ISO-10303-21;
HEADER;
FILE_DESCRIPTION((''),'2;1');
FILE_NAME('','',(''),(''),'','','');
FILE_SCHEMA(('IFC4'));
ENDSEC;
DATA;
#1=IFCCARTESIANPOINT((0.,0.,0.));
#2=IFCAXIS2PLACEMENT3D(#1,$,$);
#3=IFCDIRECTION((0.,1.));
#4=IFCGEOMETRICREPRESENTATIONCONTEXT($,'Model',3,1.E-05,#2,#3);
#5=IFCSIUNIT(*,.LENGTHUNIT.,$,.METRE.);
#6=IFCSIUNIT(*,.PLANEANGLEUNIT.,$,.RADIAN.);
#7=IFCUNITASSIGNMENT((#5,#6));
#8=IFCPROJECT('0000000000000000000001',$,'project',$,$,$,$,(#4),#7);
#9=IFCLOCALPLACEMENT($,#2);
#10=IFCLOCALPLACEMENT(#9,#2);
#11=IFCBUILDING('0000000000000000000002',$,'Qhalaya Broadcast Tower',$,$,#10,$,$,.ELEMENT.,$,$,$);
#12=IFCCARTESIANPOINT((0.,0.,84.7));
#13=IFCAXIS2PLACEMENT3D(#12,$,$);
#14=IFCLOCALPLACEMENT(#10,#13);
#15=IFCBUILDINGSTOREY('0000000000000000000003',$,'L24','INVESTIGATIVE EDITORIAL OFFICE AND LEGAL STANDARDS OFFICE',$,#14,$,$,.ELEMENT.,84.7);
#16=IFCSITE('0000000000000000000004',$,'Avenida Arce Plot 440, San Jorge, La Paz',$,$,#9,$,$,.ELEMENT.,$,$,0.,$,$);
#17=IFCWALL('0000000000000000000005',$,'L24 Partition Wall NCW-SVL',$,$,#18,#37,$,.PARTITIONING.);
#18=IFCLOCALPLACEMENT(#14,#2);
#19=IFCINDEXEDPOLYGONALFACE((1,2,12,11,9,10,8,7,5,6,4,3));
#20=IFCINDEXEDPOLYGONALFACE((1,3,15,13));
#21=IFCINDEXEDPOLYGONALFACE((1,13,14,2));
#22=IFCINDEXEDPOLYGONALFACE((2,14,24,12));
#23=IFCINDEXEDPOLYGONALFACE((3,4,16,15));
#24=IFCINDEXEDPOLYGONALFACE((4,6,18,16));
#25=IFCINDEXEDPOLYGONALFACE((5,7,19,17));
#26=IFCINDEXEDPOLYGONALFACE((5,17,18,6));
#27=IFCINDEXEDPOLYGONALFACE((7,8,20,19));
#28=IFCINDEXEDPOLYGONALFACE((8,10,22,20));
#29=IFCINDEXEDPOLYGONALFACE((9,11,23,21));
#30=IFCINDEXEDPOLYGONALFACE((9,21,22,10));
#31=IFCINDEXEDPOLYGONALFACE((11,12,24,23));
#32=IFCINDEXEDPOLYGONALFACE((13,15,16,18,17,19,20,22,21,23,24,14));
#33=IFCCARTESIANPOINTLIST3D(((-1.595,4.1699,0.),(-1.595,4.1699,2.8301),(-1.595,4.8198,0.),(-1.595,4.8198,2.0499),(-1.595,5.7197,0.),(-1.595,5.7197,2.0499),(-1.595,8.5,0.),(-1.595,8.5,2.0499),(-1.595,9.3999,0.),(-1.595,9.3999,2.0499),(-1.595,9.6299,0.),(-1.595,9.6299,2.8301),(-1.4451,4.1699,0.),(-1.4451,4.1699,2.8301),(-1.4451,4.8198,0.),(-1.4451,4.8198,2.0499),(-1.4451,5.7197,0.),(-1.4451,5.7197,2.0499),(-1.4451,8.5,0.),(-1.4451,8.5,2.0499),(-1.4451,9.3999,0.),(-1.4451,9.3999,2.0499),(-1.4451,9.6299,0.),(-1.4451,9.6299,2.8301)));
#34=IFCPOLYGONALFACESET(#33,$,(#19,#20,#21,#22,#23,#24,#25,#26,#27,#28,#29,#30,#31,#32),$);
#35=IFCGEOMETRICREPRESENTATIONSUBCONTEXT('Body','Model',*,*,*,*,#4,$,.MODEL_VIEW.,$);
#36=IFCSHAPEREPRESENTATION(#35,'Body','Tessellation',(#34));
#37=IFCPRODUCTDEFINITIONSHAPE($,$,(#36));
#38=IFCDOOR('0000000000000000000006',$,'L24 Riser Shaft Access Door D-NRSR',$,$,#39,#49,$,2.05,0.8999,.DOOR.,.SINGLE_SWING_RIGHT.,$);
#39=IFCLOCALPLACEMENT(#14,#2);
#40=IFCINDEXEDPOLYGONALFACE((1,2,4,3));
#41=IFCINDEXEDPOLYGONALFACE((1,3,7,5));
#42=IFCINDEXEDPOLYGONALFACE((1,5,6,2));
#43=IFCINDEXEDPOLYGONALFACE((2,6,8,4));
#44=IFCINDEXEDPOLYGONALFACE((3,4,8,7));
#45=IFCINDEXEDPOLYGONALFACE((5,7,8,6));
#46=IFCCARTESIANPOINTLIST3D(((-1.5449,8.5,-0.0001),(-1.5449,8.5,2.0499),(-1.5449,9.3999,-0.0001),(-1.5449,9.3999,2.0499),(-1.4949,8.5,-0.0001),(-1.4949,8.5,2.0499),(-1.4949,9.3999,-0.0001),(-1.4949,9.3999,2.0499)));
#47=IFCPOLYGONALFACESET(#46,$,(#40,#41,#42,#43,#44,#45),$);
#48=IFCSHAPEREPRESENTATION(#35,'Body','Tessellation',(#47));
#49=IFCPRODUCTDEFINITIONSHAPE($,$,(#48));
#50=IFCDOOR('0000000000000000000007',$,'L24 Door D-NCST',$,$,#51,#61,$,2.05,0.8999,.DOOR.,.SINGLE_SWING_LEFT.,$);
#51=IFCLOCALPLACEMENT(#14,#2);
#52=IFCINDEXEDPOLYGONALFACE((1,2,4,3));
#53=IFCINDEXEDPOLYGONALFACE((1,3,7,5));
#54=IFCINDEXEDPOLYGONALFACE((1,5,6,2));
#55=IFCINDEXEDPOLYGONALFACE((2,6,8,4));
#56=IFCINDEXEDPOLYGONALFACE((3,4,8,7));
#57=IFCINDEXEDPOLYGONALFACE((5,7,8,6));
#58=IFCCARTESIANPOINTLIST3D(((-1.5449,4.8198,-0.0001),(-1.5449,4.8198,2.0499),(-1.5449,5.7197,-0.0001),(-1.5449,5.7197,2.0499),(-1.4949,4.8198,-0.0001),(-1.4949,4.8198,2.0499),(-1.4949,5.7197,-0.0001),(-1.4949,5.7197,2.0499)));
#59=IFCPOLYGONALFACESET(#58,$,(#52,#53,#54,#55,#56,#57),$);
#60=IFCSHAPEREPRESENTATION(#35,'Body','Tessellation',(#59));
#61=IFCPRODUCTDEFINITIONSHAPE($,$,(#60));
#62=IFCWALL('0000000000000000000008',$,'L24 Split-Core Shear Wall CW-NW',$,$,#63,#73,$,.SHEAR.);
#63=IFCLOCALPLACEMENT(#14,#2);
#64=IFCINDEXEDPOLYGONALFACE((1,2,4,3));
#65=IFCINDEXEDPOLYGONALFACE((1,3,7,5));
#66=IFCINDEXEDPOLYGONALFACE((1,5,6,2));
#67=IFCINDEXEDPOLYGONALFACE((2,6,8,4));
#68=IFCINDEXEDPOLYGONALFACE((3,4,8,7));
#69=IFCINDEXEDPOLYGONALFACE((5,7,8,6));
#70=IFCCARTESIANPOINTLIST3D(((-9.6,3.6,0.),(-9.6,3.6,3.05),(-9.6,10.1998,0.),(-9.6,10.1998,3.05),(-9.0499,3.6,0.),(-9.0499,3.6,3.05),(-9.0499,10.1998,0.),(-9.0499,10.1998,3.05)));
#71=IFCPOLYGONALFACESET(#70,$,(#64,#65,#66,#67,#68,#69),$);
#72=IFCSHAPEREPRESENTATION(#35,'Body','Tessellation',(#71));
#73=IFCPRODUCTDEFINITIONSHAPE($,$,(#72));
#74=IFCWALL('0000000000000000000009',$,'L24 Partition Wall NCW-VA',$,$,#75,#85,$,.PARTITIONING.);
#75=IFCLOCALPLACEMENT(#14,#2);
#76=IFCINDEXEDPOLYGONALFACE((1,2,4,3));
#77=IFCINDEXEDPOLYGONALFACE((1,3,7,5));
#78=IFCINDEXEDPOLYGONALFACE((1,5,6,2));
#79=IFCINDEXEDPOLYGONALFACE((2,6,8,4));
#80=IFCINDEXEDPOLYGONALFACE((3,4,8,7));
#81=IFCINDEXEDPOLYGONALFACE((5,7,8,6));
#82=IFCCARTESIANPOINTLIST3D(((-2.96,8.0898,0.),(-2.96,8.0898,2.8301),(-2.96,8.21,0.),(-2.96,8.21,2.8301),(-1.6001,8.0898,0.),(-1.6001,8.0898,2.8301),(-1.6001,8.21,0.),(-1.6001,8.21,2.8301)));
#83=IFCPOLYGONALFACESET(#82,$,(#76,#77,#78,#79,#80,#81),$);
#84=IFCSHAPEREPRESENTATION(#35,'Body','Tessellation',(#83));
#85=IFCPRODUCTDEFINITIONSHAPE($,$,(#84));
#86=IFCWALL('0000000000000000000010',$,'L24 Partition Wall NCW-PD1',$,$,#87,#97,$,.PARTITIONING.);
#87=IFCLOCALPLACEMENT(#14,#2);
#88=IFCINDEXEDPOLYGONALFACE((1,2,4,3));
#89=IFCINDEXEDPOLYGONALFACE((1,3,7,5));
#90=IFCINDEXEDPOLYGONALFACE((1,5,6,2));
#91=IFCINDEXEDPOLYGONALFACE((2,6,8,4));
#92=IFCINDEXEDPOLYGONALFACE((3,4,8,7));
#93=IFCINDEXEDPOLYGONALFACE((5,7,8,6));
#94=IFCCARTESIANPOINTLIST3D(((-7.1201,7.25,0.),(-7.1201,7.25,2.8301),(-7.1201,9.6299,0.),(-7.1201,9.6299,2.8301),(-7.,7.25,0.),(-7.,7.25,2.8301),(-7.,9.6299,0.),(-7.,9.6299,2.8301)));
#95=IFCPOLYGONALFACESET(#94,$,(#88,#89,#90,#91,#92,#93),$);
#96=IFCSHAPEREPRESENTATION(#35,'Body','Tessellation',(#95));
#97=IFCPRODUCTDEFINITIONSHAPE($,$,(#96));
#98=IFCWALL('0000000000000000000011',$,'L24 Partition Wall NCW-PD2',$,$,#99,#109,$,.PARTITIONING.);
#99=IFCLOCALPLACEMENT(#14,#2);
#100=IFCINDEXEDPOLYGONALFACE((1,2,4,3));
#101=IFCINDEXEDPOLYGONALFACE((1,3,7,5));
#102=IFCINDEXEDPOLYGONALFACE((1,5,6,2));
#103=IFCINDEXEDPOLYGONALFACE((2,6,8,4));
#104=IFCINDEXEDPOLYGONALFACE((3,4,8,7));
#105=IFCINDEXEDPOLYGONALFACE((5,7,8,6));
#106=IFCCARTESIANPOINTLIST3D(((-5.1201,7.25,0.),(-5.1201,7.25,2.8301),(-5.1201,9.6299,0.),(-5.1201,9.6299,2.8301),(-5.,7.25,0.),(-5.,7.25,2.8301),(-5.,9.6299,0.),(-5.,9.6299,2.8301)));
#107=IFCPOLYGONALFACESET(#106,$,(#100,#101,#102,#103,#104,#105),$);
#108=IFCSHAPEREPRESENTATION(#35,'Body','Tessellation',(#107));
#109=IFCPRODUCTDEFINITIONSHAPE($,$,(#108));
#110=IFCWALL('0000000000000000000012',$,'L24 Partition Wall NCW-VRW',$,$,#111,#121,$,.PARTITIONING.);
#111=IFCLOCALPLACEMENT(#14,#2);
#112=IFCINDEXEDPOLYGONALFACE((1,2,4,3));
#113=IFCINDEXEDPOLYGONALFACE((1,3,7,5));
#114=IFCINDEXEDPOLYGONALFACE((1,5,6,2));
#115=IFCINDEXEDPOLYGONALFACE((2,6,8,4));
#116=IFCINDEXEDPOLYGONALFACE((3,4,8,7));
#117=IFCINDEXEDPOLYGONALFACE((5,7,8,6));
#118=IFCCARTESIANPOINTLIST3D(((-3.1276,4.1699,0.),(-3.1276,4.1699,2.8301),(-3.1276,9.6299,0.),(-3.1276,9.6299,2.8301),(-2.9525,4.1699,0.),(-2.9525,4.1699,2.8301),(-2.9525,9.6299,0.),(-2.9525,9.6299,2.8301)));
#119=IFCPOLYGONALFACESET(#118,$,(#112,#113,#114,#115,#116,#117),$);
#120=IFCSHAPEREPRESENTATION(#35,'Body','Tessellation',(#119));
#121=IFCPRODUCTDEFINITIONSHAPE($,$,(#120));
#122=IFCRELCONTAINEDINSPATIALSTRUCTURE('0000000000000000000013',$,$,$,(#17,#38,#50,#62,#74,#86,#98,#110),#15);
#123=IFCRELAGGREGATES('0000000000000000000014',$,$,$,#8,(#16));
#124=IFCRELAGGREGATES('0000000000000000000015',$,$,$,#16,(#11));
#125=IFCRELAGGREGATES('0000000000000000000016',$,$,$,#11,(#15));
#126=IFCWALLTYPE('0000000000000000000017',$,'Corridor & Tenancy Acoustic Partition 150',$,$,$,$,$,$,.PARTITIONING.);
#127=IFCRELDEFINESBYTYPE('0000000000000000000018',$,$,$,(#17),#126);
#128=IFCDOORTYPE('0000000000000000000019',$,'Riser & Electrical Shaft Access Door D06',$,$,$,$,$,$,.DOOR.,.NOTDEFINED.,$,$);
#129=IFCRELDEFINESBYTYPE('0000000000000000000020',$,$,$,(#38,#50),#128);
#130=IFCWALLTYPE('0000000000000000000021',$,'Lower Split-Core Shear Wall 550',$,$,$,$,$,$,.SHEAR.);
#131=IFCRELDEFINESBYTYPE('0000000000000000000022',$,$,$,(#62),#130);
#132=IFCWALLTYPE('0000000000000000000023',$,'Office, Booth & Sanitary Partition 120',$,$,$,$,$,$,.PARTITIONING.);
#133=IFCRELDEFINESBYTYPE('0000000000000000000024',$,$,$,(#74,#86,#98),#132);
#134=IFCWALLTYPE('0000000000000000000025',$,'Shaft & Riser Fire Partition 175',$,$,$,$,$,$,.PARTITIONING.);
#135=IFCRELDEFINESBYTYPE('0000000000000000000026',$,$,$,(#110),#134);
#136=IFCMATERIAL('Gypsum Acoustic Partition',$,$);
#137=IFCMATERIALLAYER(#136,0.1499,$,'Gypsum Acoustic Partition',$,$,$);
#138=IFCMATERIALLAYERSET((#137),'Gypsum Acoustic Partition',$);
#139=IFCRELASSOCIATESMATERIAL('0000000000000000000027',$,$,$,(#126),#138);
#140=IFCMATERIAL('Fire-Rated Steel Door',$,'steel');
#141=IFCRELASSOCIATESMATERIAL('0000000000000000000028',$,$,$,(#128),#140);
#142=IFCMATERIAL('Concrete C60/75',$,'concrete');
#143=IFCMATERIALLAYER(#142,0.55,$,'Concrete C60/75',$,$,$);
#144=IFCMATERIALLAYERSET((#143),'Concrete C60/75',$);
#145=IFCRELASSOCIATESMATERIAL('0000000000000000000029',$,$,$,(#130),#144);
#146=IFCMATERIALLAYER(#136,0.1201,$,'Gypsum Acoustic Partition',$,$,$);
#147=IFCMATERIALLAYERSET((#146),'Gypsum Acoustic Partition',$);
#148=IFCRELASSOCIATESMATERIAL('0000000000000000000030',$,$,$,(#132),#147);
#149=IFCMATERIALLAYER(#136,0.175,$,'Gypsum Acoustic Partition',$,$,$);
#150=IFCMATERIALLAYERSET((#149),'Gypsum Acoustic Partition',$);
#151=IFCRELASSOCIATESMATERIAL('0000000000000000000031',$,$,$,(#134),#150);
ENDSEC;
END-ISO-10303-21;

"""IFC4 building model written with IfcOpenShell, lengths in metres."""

from ifc_helpers import new_model, si_unit, direction, frame, frame_2d, origin, place, context, subcontext, project, spatial, rectangle, extrude, material, layer, layer_set, type_object, element, fill, save


model = new_model("IFC4")

# Units and contexts
model_context = context("Model", 3, precision=1e-05, world=origin(), true_north=direction((0.0, 1.0)))
body_context = subcontext(model_context, "Body", "Model", "MODEL_VIEW")
ifc_project = project(units=[si_unit("LENGTHUNIT", "METRE"), si_unit("PLANEANGLEUNIT", "RADIAN")], contexts=[model_context])

# Site, building, storey
site_placement = place(None, origin())
site = spatial("IfcSite", under=ifc_project, at=site_placement, Name="Avenida Arce Plot 440, San Jorge, La Paz", CompositionType="ELEMENT", RefElevation=0.0)
building_placement = place(site_placement, origin())
building = spatial("IfcBuilding", under=site, at=building_placement, Name="Qhalaya Broadcast Tower", CompositionType="ELEMENT")
storey_placement = place(building_placement, frame((0.0, 0.0, 84.7)))
storey = spatial("IfcBuildingStorey", under=building, at=storey_placement, Name="L24", Description="INVESTIGATIVE EDITORIAL OFFICE AND LEGAL STANDARDS OFFICE", CompositionType="ELEMENT", Elevation=84.7)

# Wall, openings, doors
ifc_material_1 = material(Name="Gypsum Acoustic Partition")
ifc_layer_1 = layer(ifc_material_1, 0.1499, Name="Gypsum Acoustic Partition")
ifc_layer_set_1 = layer_set([ifc_layer_1], Name="Gypsum Acoustic Partition")
wall_type_1 = type_object("IfcWallType", Name="Corridor & Tenancy Acoustic Partition 150", PredefinedType="PARTITIONING", material=ifc_layer_set_1)
wall_1_placement = place(storey_placement, frame((-1.52, 4.1699, 0.0), z_axis=(0.0, 0.0, 1.0), x_axis=(0.0, 1.0, 0.0)))
wall_1 = element("IfcWall", 1, at=wall_1_placement, inside=storey, type_object=wall_type_1, Name="L24 Partition Wall NCW-SVL", PredefinedType="PARTITIONING", context=body_context, shape_type="SweptSolid", body=[
    extrude(rectangle(XDim=5.46, YDim=0.1499, at=frame_2d((2.73, 0.0))), origin(), (0.0, 0.0, 1.0), 2.8301),
])
opening_1_placement = place(wall_1_placement, frame((4.3301, 0.0, 0.0)))
opening_1 = element("IfcOpeningElement", 2, at=opening_1_placement, cuts=wall_1, PredefinedType="OPENING", context=body_context, shape_type="SweptSolid", body=[
    extrude(rectangle(XDim=0.8999, YDim=2.05, at=frame_2d((0.45, 1.0249))), frame((0.0, 0.0869, 0.0), z_axis=(0.0, -1.0, 0.0), x_axis=(1.0, 0.0, 0.0)), (0.0, 0.0, 1.0), 0.1738),
])
opening_2_placement = place(wall_1_placement, frame((0.6499, 0.0, 0.0)))
opening_2 = element("IfcOpeningElement", 3, at=opening_2_placement, cuts=wall_1, PredefinedType="OPENING", context=body_context, shape_type="SweptSolid", body=[
    extrude(rectangle(XDim=0.8999, YDim=2.05, at=frame_2d((0.45, 1.0249))), frame((0.0, 0.0869, 0.0), z_axis=(0.0, -1.0, 0.0), x_axis=(1.0, 0.0, 0.0)), (0.0, 0.0, 1.0), 0.1738),
])
ifc_material_2 = material(Name="Fire-Rated Steel Door", Category="steel")
door_type_1 = type_object("IfcDoorType", Name="Riser & Electrical Shaft Access Door D06", OperationType="NOTDEFINED", PredefinedType="DOOR", material=ifc_material_2)
door_1_placement = place(opening_1_placement, origin())
door_1 = element("IfcDoor", 4, at=door_1_placement, inside=storey, type_object=door_type_1, Name="L24 Riser Shaft Access Door D-NRSR", OperationType="SINGLE_SWING_RIGHT", OverallHeight=2.05, OverallWidth=0.8999, PredefinedType="DOOR", context=body_context, shape_type="SweptSolid", body=[
    extrude(rectangle(XDim=0.8999, YDim=2.05, at=frame_2d((0.45, 1.0249))), frame((0.0, 0.0249, 0.0), z_axis=(0.0, -1.0, 0.0), x_axis=(1.0, 0.0, 0.0)), (0.0, 0.0, 1.0), 0.05),
])
fill(opening_1, door_1)
door_2_placement = place(opening_2_placement, origin())
door_2 = element("IfcDoor", 5, at=door_2_placement, inside=storey, type_object=door_type_1, Name="L24 Door D-NCST", OperationType="SINGLE_SWING_LEFT", OverallHeight=2.05, OverallWidth=0.8999, PredefinedType="DOOR", context=body_context, shape_type="SweptSolid", body=[
    extrude(rectangle(XDim=0.8999, YDim=2.05, at=frame_2d((0.45, 1.0249))), frame((0.0, 0.0249, 0.0), z_axis=(0.0, -1.0, 0.0), x_axis=(1.0, 0.0, 0.0)), (0.0, 0.0, 1.0), 0.05),
])
fill(opening_2, door_2)

# Walls
ifc_material_3 = material(Name="Concrete C60/75", Category="concrete")
ifc_layer_2 = layer(ifc_material_3, 0.55, Name="Concrete C60/75")
ifc_layer_set_2 = layer_set([ifc_layer_2], Name="Concrete C60/75")
wall_type_2 = type_object("IfcWallType", Name="Lower Split-Core Shear Wall 550", PredefinedType="SHEAR", material=ifc_layer_set_2)
wall_2_placement = place(storey_placement, frame((-9.325, 3.6001, 0.0), z_axis=(0.0, 0.0, 1.0), x_axis=(0.0, 1.0, 0.0)))
element("IfcWall", 6, at=wall_2_placement, inside=storey, type_object=wall_type_2, Name="L24 Split-Core Shear Wall CW-NW", PredefinedType="SHEAR", context=body_context, shape_type="SweptSolid", body=[
    extrude(rectangle(XDim=6.5999, YDim=0.55, at=frame_2d((3.2998, 0.0))), origin(), (0.0, 0.0, 1.0), 3.05),
])
ifc_layer_3 = layer(ifc_material_1, 0.1201, Name="Gypsum Acoustic Partition")
ifc_layer_set_3 = layer_set([ifc_layer_3], Name="Gypsum Acoustic Partition")
wall_type_3 = type_object("IfcWallType", Name="Office, Booth & Sanitary Partition 120", PredefinedType="PARTITIONING", material=ifc_layer_set_3)
wall_3_placement = place(storey_placement, frame((-2.96, 8.1499, 0.0), z_axis=(0.0, 0.0, 1.0), x_axis=(1.0, 0.0, 0.0)))
element("IfcWall", 7, at=wall_3_placement, inside=storey, type_object=wall_type_3, Name="L24 Partition Wall NCW-VA", PredefinedType="PARTITIONING", context=body_context, shape_type="SweptSolid", body=[
    extrude(rectangle(XDim=1.3599, YDim=0.1201, at=frame_2d((0.6799, 0.0))), origin(), (0.0, 0.0, 1.0), 2.8301),
])
for number, where, z_axis, x_axis, name in (
    (8, (-7.0601, 7.25, 0.0), (0.0, 0.0, 1.0), (0.0, 1.0, 0.0), "L24 Partition Wall NCW-PD1"),
    (9, (-5.0601, 7.25, 0.0), (0.0, 0.0, 1.0), (0.0, 1.0, 0.0), "L24 Partition Wall NCW-PD2"),
):
    element("IfcWall", number, at=place(storey_placement, frame(where, z_axis=z_axis, x_axis=x_axis)), inside=storey, type_object=wall_type_3, Name=name, PredefinedType="PARTITIONING", context=body_context, shape_type="SweptSolid", body=[
        extrude(rectangle(XDim=2.3799, YDim=0.1201, at=frame_2d((1.1899, 0.0))), origin(), (0.0, 0.0, 1.0), 2.8301),
    ])

# Shared definitions
ifc_layer_4 = layer(ifc_material_1, 0.175, Name="Gypsum Acoustic Partition")
ifc_layer_set_4 = layer_set([ifc_layer_4], Name="Gypsum Acoustic Partition")
wall_type_4 = type_object("IfcWallType", Name="Shaft & Riser Fire Partition 175", PredefinedType="PARTITIONING", material=ifc_layer_set_4)

# Wall
wall_4_placement = place(storey_placement, frame((-3.04, 4.1699, 0.0), z_axis=(0.0, 0.0, 1.0), x_axis=(0.0, 1.0, 0.0)))
element("IfcWall", 10, at=wall_4_placement, inside=storey, type_object=wall_type_4, Name="L24 Partition Wall NCW-VRW", PredefinedType="PARTITIONING", context=body_context, shape_type="SweptSolid", body=[
    extrude(rectangle(XDim=5.46, YDim=0.175, at=frame_2d((2.73, 0.0))), origin(), (0.0, 0.0, 1.0), 2.8301),
])

save(model, "model.ifc")
